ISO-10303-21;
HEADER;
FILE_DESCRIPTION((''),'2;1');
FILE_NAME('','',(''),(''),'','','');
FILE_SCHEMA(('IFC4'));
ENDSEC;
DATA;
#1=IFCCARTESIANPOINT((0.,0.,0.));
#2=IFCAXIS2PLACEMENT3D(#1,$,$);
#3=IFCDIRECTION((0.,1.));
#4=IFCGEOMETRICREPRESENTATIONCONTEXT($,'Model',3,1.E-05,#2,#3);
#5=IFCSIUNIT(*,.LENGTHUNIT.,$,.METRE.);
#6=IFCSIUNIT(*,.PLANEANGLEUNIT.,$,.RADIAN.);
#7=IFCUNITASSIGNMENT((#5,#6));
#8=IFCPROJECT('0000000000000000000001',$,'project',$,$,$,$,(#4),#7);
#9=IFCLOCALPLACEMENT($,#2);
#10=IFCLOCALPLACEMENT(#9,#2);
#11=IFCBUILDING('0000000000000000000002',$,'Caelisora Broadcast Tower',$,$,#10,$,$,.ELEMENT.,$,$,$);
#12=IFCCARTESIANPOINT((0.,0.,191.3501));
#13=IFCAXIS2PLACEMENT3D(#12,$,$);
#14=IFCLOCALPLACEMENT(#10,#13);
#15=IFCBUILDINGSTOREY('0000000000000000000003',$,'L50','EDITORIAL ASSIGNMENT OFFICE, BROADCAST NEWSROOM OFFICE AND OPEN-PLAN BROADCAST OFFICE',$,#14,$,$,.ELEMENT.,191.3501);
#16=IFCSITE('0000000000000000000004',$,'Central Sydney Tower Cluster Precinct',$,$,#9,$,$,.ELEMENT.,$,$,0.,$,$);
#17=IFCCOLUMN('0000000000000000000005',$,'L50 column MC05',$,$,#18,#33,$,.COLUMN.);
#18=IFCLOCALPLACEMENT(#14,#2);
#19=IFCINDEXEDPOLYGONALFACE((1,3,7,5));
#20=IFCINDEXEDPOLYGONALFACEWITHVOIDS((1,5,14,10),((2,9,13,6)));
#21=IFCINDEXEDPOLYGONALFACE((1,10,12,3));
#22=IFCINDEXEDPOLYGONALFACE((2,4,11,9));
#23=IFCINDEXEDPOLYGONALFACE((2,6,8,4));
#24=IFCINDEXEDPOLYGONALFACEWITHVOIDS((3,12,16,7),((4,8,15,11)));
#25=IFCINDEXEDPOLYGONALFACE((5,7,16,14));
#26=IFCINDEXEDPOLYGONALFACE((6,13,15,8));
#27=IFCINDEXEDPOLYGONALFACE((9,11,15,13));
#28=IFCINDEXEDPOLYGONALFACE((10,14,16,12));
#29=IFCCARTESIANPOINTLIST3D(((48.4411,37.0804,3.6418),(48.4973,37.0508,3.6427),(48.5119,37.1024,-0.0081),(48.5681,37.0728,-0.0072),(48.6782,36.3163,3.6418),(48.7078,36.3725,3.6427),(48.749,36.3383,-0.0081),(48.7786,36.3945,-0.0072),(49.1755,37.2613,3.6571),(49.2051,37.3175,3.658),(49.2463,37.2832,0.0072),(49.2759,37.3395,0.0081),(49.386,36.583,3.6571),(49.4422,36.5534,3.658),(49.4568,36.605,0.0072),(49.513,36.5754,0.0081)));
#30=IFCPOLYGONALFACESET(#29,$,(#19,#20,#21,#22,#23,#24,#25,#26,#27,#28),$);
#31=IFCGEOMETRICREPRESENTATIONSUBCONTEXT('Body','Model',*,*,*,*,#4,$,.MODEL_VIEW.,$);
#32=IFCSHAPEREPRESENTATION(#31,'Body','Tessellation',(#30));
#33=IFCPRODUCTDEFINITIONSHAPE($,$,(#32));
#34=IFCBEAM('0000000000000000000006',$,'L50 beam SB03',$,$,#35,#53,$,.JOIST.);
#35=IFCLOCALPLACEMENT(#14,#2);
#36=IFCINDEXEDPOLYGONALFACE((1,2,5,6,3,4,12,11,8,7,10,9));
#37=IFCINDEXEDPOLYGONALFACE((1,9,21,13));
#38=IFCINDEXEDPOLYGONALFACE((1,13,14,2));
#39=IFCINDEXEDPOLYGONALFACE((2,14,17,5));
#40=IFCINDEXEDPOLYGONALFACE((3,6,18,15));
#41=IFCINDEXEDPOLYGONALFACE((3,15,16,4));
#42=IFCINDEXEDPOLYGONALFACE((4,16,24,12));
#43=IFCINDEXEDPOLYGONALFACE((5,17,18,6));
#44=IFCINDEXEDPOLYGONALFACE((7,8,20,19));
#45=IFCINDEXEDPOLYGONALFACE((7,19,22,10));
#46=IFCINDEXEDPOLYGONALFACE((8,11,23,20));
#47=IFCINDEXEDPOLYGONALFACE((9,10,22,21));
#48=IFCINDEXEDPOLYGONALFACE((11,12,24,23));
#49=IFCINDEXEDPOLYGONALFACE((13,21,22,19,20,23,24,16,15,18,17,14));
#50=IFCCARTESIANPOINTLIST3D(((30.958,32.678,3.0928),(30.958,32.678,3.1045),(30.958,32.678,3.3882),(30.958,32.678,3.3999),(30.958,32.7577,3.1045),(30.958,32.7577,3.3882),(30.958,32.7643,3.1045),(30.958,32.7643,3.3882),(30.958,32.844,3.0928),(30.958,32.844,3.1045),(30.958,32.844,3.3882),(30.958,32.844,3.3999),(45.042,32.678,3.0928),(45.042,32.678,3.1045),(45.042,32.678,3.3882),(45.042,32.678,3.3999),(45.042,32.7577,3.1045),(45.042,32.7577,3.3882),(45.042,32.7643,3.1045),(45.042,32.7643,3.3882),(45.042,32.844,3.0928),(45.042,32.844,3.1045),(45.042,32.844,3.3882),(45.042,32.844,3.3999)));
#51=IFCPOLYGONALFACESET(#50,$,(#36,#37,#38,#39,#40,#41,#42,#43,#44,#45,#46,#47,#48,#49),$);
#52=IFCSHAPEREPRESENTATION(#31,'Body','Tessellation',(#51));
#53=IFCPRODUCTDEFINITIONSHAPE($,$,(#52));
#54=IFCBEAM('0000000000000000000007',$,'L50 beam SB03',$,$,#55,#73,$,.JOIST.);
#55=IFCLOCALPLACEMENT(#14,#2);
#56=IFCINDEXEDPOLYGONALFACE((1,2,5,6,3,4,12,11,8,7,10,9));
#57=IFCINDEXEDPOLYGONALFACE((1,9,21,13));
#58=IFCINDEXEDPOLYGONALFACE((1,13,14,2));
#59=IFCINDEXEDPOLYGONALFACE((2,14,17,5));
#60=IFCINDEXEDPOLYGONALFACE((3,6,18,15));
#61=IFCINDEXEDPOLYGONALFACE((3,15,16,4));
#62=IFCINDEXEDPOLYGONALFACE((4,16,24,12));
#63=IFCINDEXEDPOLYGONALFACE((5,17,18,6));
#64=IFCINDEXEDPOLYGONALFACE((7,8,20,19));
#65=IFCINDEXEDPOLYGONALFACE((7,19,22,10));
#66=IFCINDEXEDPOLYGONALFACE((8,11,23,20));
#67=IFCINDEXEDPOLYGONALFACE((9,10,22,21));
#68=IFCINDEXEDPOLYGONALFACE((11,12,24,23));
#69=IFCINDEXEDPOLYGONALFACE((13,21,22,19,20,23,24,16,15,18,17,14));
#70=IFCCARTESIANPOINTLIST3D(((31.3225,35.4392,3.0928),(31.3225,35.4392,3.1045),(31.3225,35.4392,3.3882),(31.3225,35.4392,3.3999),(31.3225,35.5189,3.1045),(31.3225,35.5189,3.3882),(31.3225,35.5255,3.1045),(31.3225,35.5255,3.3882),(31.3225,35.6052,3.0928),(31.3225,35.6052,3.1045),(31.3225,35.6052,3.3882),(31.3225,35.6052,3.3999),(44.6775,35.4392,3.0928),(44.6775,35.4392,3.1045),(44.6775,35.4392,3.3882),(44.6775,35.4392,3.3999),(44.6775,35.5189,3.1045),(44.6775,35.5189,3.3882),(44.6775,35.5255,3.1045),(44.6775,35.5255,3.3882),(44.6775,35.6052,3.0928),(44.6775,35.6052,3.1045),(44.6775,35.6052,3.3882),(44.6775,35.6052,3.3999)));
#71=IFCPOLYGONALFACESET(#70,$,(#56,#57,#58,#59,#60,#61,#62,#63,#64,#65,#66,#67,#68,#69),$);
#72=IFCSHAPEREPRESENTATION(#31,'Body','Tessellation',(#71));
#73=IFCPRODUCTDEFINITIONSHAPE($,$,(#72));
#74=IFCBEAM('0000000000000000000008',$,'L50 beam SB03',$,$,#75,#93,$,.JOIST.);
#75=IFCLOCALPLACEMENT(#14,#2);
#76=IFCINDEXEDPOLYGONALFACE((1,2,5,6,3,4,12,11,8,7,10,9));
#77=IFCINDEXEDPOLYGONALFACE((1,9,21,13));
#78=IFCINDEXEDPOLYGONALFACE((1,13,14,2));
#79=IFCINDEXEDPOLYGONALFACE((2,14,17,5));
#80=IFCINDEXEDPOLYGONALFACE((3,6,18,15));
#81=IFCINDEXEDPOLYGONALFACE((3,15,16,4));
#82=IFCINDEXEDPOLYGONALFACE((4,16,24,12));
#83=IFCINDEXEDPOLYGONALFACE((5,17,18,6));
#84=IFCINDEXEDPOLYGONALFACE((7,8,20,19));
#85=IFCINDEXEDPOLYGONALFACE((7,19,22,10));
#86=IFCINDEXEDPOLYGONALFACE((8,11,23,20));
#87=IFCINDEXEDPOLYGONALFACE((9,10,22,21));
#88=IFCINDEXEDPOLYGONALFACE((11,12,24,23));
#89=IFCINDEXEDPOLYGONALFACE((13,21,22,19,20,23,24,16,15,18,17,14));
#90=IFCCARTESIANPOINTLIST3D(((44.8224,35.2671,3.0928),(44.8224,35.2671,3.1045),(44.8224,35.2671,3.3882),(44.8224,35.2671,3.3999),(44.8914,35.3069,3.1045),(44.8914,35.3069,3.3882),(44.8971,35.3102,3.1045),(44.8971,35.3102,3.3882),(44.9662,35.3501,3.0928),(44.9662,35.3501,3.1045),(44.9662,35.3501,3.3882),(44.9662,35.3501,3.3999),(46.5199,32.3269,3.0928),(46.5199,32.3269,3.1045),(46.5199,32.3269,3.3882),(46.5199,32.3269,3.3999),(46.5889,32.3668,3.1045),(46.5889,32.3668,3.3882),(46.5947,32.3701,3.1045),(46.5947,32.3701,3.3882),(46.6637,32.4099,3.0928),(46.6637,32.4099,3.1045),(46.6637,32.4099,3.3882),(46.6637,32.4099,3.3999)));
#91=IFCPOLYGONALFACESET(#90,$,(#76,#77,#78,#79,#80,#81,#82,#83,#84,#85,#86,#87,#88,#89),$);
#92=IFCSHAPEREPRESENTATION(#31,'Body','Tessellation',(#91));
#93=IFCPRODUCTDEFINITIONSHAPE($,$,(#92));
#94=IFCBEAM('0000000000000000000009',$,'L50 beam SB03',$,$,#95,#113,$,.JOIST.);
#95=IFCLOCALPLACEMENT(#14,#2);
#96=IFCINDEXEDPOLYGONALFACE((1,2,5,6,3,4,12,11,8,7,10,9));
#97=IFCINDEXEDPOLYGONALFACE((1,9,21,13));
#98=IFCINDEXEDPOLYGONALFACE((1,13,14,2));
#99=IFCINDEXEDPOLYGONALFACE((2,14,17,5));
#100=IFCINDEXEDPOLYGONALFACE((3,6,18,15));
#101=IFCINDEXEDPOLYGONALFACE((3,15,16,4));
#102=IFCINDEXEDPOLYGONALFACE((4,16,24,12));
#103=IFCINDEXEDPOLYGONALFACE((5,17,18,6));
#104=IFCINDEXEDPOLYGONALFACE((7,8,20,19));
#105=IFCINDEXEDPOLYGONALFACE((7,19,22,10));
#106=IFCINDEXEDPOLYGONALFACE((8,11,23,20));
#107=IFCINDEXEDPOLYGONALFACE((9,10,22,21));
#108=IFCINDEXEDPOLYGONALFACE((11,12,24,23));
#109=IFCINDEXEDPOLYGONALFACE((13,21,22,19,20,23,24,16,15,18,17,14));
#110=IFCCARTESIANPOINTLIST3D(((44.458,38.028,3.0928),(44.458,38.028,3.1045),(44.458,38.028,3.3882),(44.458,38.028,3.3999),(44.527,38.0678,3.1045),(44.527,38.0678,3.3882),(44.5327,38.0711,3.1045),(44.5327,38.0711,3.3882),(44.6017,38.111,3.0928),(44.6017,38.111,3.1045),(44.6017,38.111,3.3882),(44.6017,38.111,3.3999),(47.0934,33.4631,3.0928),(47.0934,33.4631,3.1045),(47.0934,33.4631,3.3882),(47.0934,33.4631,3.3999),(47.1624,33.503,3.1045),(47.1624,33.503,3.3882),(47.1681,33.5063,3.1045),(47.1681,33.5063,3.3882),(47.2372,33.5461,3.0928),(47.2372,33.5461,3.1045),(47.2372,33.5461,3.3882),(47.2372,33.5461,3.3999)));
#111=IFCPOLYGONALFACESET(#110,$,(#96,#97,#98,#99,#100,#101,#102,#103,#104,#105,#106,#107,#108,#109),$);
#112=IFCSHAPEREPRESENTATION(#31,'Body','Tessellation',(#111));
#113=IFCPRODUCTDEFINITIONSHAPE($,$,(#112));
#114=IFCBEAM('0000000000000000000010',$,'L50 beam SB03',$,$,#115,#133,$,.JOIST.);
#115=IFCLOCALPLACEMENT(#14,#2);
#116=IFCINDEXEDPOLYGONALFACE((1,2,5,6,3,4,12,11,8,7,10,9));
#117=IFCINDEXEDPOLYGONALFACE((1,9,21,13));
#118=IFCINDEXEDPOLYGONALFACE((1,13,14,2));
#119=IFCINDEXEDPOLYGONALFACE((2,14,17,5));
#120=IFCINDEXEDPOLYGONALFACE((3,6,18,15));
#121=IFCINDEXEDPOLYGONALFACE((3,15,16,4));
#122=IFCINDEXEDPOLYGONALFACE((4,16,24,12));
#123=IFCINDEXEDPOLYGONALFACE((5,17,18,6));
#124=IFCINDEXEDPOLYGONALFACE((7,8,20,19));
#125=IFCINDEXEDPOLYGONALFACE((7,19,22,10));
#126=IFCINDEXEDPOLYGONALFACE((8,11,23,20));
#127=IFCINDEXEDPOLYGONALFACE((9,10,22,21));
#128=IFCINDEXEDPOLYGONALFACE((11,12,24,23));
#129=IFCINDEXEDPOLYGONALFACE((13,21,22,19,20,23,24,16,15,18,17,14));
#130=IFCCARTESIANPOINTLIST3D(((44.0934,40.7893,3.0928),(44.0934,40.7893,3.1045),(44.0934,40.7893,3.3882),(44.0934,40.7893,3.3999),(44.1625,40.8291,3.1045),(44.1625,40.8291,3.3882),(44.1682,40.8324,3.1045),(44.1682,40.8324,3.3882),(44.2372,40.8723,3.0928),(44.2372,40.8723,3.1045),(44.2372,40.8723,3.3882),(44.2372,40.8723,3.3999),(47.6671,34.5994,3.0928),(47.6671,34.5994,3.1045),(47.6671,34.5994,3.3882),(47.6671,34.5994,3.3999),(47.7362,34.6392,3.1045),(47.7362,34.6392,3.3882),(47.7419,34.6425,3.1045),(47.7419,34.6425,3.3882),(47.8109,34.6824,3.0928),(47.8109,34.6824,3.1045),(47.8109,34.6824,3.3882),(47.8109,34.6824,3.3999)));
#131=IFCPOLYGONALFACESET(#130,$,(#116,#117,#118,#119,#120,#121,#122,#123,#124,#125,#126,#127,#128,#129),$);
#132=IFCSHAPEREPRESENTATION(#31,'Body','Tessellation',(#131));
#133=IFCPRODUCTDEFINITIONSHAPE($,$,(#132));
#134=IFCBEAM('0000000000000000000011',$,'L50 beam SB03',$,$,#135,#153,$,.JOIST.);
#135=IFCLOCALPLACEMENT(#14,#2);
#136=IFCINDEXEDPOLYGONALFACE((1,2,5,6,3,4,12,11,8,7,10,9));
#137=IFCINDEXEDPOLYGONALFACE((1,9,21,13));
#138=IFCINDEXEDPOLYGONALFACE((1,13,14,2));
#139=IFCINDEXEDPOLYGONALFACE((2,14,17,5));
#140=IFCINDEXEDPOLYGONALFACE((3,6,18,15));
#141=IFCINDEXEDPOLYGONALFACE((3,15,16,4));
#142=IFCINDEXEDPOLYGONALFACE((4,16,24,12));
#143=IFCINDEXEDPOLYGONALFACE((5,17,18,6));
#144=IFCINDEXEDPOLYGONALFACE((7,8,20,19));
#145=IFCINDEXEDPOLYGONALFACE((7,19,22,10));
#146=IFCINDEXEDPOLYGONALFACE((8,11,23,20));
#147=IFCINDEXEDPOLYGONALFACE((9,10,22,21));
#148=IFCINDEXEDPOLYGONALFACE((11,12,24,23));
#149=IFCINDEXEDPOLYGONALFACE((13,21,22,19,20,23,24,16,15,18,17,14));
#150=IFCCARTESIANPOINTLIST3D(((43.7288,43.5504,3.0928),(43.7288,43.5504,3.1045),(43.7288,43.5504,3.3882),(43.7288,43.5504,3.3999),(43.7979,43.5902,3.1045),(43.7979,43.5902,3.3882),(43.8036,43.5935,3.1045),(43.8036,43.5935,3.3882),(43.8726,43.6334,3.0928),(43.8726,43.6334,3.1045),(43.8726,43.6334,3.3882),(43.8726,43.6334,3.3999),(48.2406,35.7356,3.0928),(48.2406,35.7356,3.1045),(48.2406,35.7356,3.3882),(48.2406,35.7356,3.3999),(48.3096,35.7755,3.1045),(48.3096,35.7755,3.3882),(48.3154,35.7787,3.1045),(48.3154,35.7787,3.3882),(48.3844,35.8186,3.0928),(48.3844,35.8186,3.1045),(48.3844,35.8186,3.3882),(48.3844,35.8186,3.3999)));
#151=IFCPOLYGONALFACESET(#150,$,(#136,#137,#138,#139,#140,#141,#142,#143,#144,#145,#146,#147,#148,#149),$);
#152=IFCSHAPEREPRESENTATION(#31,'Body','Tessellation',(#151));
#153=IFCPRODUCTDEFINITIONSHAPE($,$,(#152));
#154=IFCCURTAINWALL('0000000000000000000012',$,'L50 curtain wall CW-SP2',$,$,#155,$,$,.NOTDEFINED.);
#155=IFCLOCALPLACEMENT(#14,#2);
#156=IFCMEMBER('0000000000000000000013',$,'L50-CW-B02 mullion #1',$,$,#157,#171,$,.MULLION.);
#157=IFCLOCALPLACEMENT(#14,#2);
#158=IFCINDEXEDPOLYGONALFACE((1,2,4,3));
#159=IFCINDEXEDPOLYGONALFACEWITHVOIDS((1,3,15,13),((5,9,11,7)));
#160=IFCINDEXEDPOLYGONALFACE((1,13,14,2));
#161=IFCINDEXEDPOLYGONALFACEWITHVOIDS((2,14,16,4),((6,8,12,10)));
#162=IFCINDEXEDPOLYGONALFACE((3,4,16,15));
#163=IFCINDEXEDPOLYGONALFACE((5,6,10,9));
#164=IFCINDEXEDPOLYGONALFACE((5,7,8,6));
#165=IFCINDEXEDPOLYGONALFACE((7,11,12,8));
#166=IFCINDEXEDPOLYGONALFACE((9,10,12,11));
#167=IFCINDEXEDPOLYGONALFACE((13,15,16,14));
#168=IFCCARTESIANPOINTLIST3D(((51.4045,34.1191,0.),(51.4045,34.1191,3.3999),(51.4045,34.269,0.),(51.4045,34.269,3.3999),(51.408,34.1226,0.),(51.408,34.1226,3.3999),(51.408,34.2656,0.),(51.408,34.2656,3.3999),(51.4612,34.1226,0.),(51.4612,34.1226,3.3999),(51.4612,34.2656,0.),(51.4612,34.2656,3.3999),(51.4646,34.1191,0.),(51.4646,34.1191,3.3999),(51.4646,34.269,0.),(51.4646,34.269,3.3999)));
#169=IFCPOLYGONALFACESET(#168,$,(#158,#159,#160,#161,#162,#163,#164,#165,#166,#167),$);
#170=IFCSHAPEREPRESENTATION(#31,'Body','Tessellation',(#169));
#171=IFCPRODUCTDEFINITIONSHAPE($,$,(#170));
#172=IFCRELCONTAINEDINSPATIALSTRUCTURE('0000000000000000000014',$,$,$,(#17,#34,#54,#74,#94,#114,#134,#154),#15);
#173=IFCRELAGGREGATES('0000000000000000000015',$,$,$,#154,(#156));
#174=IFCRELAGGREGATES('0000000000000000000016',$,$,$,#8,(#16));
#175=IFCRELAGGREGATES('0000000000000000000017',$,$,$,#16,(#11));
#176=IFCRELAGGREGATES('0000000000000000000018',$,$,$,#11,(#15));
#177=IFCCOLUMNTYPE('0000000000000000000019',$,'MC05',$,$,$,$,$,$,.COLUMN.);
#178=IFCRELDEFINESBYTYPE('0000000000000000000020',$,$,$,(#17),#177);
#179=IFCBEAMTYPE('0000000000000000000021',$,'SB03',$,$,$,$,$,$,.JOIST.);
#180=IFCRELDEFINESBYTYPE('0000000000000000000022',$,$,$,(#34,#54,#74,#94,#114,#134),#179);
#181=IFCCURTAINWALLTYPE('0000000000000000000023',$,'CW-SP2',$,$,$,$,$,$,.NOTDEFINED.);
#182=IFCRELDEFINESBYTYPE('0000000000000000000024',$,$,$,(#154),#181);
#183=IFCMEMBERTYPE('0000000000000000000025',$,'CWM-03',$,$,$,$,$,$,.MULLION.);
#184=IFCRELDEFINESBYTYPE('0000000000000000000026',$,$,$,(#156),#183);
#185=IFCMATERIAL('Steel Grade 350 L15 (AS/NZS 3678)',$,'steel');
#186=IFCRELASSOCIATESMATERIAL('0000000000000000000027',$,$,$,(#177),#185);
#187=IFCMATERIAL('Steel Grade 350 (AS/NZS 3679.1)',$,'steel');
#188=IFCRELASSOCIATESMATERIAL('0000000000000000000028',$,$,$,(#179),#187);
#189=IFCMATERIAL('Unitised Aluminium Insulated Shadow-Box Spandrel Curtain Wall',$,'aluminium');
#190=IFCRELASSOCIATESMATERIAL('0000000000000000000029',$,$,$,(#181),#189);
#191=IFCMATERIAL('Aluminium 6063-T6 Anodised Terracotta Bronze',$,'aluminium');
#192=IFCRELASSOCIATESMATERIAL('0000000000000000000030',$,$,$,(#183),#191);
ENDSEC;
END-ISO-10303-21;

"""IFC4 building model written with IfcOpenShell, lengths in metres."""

from ifc_helpers import new_model, si_unit, direction, frame, origin, origin_2d, place, context, subcontext, project, spatial, hollow_rectangle, i_section, extrude, source, transform, mapped, material, material_profile, profile_set, type_object, type_shapes, element, aggregate, save


model = new_model("IFC4")

# Units and contexts
model_context = context("Model", 3, precision=1e-05, world=origin(), true_north=direction((0.0, 1.0)))
body_context = subcontext(model_context, "Body", "Model", "MODEL_VIEW")
ifc_project = project(units=[si_unit("LENGTHUNIT", "METRE"), si_unit("PLANEANGLEUNIT", "RADIAN")], contexts=[model_context])

# Site, building, storey
site_placement = place(None, origin())
site = spatial("IfcSite", under=ifc_project, at=site_placement, Name="Central Sydney Tower Cluster Precinct", CompositionType="ELEMENT", RefElevation=0.0)
building_placement = place(site_placement, origin())
building = spatial("IfcBuilding", under=site, at=building_placement, Name="Caelisora Broadcast Tower", CompositionType="ELEMENT")
storey_placement = place(building_placement, frame((0.0, 0.0, 191.3501)))
storey = spatial("IfcBuildingStorey", under=building, at=storey_placement, Name="L50", Description="EDITORIAL ASSIGNMENT OFFICE, BROADCAST NEWSROOM OFFICE AND OPEN-PLAN BROADCAST OFFICE", CompositionType="ELEMENT", Elevation=191.3501)

# Column
ifc_material_1 = material(Name="Steel Grade 350 L15 (AS/NZS 3678)", Category="steel")
ifc_material_profile_1 = material_profile(ifc_material_1, hollow_rectangle(XDim=0.8, YDim=0.8, WallThickness=0.0449, at=origin_2d()), Name="Steel Grade 350 L15 (AS/NZS 3678)")
ifc_profile_set_1 = profile_set([ifc_material_profile_1], Name="Steel Grade 350 L15 (AS/NZS 3678)")
column_type = type_object("IfcColumnType", Name="MC05", PredefinedType="COLUMN", material=ifc_profile_set_1)
shared_shape_1 = source(origin(), body_context, "Body", "SweptSolid", [
    extrude(hollow_rectangle(XDim=0.8, YDim=0.8, WallThickness=0.0449, at=origin_2d()), origin(), (0.0, 0.0, 1.0), 3.6506),
])
type_shapes(column_type, [shared_shape_1])
column_placement = place(storey_placement, frame((49.0125, 36.8389, 0.0), z_axis=(-0.019394, -0.006019, 0.999794), x_axis=(0.296399, -0.955064, 0.0)))
element("IfcColumn", 1, at=column_placement, inside=storey, type_object=column_type, Name="L50 column MC05", PredefinedType="COLUMN", context=body_context, shape_type="MappedRepresentation", body=[
    mapped(shared_shape_1, transform((0.0, 0.0, 0.0), scale=1.0)),
])

# Beams
ifc_material_2 = material(Name="Steel Grade 350 (AS/NZS 3679.1)", Category="steel")
ifc_material_profile_2 = material_profile(ifc_material_2, i_section(OverallWidth=0.166, OverallDepth=0.3071, WebThickness=0.0066, FlangeThickness=0.0117, at=origin_2d()), Name="Steel Grade 350 (AS/NZS 3679.1)")
ifc_profile_set_2 = profile_set([ifc_material_profile_2], Name="Steel Grade 350 (AS/NZS 3679.1)")
beam_type = type_object("IfcBeamType", Name="SB03", PredefinedType="JOIST", material=ifc_profile_set_2)
shared_shape_2 = source(origin(), body_context, "Body", "SweptSolid", [
    extrude(i_section(OverallWidth=0.166, OverallDepth=0.3071, WebThickness=0.0066, FlangeThickness=0.0117, at=origin_2d()), origin(), (0.0, 0.0, 1.0), 14.084),
])
beam_1_placement = place(storey_placement, frame((45.042, 32.761, 3.2463), z_axis=(-1.0, 0.0, 0.0), x_axis=(0.0, -1.0, 0.0)))
element("IfcBeam", 2, at=beam_1_placement, inside=storey, type_object=beam_type, Name="L50 beam SB03", PredefinedType="JOIST", context=body_context, shape_type="MappedRepresentation", body=[
    mapped(shared_shape_2, transform((0.0, 0.0, 0.0), scale=1.0)),
])
shared_shape_3 = source(origin(), body_context, "Body", "SweptSolid", [
    extrude(i_section(OverallWidth=0.166, OverallDepth=0.3071, WebThickness=0.0066, FlangeThickness=0.0117, at=origin_2d()), origin(), (0.0, 0.0, 1.0), 13.355),
])
beam_2_placement = place(storey_placement, frame((44.6775, 35.5222, 3.2463), z_axis=(-1.0, 0.0, 0.0), x_axis=(0.0, -1.0, 0.0)))
element("IfcBeam", 3, at=beam_2_placement, inside=storey, type_object=beam_type, Name="L50 beam SB03", PredefinedType="JOIST", context=body_context, shape_type="MappedRepresentation", body=[
    mapped(shared_shape_3, transform((0.0, 0.0, 0.0), scale=1.0)),
])
shared_shape_4 = source(origin(), body_context, "Body", "SweptSolid", [
    extrude(i_section(OverallWidth=0.166, OverallDepth=0.3071, WebThickness=0.0066, FlangeThickness=0.0117, at=origin_2d()), origin(), (0.0, 0.0, 1.0), 3.395),
])
beam_3_placement = place(storey_placement, frame((46.5918, 32.3684, 3.2463), z_axis=(-0.499998, 0.866026, 0.0), x_axis=(-0.866026, -0.499998, 0.0)))
element("IfcBeam", 4, at=beam_3_placement, inside=storey, type_object=beam_type, Name="L50 beam SB03", PredefinedType="JOIST", context=body_context, shape_type="MappedRepresentation", body=[
    mapped(shared_shape_4, transform((0.0, 0.0, 0.0), scale=1.0)),
])
shared_shape_5 = source(origin(), body_context, "Body", "SweptSolid", [
    extrude(i_section(OverallWidth=0.166, OverallDepth=0.3071, WebThickness=0.0066, FlangeThickness=0.0117, at=origin_2d()), origin(), (0.0, 0.0, 1.0), 5.271),
])
beam_4_placement = place(storey_placement, frame((47.1653, 33.5046, 3.2463), z_axis=(-0.49999, 0.866031, 0.0), x_axis=(-0.866031, -0.49999, 0.0)))
element("IfcBeam", 5, at=beam_4_placement, inside=storey, type_object=beam_type, Name="L50 beam SB03", PredefinedType="JOIST", context=body_context, shape_type="MappedRepresentation", body=[
    mapped(shared_shape_5, transform((0.0, 0.0, 0.0), scale=1.0)),
])
shared_shape_6 = source(origin(), body_context, "Body", "SweptSolid", [
    extrude(i_section(OverallWidth=0.166, OverallDepth=0.3071, WebThickness=0.0066, FlangeThickness=0.0117, at=origin_2d()), origin(), (0.0, 0.0, 1.0), 7.1475),
])
beam_5_placement = place(storey_placement, frame((47.739, 34.6409, 3.2463), z_axis=(-0.499996, 0.866027, 0.0), x_axis=(-0.866027, -0.499996, 0.0)))
element("IfcBeam", 6, at=beam_5_placement, inside=storey, type_object=beam_type, Name="L50 beam SB03", PredefinedType="JOIST", context=body_context, shape_type="MappedRepresentation", body=[
    mapped(shared_shape_6, transform((0.0, 0.0, 0.0), scale=1.0)),
])
shared_shape_7 = source(origin(), body_context, "Body", "SweptSolid", [
    extrude(i_section(OverallWidth=0.166, OverallDepth=0.3071, WebThickness=0.0066, FlangeThickness=0.0117, at=origin_2d()), origin(), (0.0, 0.0, 1.0), 9.0237),
])
type_shapes(beam_type, [shared_shape_2, shared_shape_3, shared_shape_4, shared_shape_5, shared_shape_6, shared_shape_7])
beam_6_placement = place(storey_placement, frame((48.3125, 35.7771, 3.2463), z_axis=(-0.499992, 0.86603, 0.0), x_axis=(-0.86603, -0.499992, 0.0)))
element("IfcBeam", 7, at=beam_6_placement, inside=storey, type_object=beam_type, Name="L50 beam SB03", PredefinedType="JOIST", context=body_context, shape_type="MappedRepresentation", body=[
    mapped(shared_shape_7, transform((0.0, 0.0, 0.0), scale=1.0)),
])

# Curtain wall, member
ifc_material_3 = material(Name="Unitised Aluminium Insulated Shadow-Box Spandrel Curtain Wall", Category="aluminium")
curtain_wall_type = type_object("IfcCurtainWallType", Name="CW-SP2", PredefinedType="NOTDEFINED", material=ifc_material_3)
curtain_wall_placement = place(storey_placement, origin())
curtain_wall = element("IfcCurtainWall", 8, at=curtain_wall_placement, inside=storey, type_object=curtain_wall_type, Name="L50 curtain wall CW-SP2", PredefinedType="NOTDEFINED")
ifc_material_4 = material(Name="Aluminium 6063-T6 Anodised Terracotta Bronze", Category="aluminium")
ifc_material_profile_3 = material_profile(ifc_material_4, hollow_rectangle(XDim=0.0601, YDim=0.1499, WallThickness=0.0034, at=origin_2d()), Name="Aluminium 6063-T6 Anodised Terracotta Bronze")
ifc_profile_set_3 = profile_set([ifc_material_profile_3], Name="Aluminium 6063-T6 Anodised Terracotta Bronze")
member_type = type_object("IfcMemberType", Name="CWM-03", PredefinedType="MULLION", material=ifc_profile_set_3)
shared_shape_8 = source(origin(), body_context, "Body", "SweptSolid", [
    extrude(hollow_rectangle(XDim=0.0601, YDim=0.1499, WallThickness=0.0034, at=origin_2d()), origin(), (0.0, 0.0, 1.0), 3.3999),
])
type_shapes(member_type, [shared_shape_8])
member_placement = place(storey_placement, frame((51.4346, 34.1941, 0.0), z_axis=(0.0, 0.0, 1.0), x_axis=(1.0, 0.0, 0.0)))
member = element("IfcMember", 9, at=member_placement, type_object=member_type, Name="L50-CW-B02 mullion #1", PredefinedType="MULLION", context=body_context, shape_type="MappedRepresentation", body=[
    mapped(shared_shape_8, transform((0.0, 0.0, 0.0), scale=1.0)),
])

aggregate(curtain_wall, [member])

save(model, "model.ifc")
